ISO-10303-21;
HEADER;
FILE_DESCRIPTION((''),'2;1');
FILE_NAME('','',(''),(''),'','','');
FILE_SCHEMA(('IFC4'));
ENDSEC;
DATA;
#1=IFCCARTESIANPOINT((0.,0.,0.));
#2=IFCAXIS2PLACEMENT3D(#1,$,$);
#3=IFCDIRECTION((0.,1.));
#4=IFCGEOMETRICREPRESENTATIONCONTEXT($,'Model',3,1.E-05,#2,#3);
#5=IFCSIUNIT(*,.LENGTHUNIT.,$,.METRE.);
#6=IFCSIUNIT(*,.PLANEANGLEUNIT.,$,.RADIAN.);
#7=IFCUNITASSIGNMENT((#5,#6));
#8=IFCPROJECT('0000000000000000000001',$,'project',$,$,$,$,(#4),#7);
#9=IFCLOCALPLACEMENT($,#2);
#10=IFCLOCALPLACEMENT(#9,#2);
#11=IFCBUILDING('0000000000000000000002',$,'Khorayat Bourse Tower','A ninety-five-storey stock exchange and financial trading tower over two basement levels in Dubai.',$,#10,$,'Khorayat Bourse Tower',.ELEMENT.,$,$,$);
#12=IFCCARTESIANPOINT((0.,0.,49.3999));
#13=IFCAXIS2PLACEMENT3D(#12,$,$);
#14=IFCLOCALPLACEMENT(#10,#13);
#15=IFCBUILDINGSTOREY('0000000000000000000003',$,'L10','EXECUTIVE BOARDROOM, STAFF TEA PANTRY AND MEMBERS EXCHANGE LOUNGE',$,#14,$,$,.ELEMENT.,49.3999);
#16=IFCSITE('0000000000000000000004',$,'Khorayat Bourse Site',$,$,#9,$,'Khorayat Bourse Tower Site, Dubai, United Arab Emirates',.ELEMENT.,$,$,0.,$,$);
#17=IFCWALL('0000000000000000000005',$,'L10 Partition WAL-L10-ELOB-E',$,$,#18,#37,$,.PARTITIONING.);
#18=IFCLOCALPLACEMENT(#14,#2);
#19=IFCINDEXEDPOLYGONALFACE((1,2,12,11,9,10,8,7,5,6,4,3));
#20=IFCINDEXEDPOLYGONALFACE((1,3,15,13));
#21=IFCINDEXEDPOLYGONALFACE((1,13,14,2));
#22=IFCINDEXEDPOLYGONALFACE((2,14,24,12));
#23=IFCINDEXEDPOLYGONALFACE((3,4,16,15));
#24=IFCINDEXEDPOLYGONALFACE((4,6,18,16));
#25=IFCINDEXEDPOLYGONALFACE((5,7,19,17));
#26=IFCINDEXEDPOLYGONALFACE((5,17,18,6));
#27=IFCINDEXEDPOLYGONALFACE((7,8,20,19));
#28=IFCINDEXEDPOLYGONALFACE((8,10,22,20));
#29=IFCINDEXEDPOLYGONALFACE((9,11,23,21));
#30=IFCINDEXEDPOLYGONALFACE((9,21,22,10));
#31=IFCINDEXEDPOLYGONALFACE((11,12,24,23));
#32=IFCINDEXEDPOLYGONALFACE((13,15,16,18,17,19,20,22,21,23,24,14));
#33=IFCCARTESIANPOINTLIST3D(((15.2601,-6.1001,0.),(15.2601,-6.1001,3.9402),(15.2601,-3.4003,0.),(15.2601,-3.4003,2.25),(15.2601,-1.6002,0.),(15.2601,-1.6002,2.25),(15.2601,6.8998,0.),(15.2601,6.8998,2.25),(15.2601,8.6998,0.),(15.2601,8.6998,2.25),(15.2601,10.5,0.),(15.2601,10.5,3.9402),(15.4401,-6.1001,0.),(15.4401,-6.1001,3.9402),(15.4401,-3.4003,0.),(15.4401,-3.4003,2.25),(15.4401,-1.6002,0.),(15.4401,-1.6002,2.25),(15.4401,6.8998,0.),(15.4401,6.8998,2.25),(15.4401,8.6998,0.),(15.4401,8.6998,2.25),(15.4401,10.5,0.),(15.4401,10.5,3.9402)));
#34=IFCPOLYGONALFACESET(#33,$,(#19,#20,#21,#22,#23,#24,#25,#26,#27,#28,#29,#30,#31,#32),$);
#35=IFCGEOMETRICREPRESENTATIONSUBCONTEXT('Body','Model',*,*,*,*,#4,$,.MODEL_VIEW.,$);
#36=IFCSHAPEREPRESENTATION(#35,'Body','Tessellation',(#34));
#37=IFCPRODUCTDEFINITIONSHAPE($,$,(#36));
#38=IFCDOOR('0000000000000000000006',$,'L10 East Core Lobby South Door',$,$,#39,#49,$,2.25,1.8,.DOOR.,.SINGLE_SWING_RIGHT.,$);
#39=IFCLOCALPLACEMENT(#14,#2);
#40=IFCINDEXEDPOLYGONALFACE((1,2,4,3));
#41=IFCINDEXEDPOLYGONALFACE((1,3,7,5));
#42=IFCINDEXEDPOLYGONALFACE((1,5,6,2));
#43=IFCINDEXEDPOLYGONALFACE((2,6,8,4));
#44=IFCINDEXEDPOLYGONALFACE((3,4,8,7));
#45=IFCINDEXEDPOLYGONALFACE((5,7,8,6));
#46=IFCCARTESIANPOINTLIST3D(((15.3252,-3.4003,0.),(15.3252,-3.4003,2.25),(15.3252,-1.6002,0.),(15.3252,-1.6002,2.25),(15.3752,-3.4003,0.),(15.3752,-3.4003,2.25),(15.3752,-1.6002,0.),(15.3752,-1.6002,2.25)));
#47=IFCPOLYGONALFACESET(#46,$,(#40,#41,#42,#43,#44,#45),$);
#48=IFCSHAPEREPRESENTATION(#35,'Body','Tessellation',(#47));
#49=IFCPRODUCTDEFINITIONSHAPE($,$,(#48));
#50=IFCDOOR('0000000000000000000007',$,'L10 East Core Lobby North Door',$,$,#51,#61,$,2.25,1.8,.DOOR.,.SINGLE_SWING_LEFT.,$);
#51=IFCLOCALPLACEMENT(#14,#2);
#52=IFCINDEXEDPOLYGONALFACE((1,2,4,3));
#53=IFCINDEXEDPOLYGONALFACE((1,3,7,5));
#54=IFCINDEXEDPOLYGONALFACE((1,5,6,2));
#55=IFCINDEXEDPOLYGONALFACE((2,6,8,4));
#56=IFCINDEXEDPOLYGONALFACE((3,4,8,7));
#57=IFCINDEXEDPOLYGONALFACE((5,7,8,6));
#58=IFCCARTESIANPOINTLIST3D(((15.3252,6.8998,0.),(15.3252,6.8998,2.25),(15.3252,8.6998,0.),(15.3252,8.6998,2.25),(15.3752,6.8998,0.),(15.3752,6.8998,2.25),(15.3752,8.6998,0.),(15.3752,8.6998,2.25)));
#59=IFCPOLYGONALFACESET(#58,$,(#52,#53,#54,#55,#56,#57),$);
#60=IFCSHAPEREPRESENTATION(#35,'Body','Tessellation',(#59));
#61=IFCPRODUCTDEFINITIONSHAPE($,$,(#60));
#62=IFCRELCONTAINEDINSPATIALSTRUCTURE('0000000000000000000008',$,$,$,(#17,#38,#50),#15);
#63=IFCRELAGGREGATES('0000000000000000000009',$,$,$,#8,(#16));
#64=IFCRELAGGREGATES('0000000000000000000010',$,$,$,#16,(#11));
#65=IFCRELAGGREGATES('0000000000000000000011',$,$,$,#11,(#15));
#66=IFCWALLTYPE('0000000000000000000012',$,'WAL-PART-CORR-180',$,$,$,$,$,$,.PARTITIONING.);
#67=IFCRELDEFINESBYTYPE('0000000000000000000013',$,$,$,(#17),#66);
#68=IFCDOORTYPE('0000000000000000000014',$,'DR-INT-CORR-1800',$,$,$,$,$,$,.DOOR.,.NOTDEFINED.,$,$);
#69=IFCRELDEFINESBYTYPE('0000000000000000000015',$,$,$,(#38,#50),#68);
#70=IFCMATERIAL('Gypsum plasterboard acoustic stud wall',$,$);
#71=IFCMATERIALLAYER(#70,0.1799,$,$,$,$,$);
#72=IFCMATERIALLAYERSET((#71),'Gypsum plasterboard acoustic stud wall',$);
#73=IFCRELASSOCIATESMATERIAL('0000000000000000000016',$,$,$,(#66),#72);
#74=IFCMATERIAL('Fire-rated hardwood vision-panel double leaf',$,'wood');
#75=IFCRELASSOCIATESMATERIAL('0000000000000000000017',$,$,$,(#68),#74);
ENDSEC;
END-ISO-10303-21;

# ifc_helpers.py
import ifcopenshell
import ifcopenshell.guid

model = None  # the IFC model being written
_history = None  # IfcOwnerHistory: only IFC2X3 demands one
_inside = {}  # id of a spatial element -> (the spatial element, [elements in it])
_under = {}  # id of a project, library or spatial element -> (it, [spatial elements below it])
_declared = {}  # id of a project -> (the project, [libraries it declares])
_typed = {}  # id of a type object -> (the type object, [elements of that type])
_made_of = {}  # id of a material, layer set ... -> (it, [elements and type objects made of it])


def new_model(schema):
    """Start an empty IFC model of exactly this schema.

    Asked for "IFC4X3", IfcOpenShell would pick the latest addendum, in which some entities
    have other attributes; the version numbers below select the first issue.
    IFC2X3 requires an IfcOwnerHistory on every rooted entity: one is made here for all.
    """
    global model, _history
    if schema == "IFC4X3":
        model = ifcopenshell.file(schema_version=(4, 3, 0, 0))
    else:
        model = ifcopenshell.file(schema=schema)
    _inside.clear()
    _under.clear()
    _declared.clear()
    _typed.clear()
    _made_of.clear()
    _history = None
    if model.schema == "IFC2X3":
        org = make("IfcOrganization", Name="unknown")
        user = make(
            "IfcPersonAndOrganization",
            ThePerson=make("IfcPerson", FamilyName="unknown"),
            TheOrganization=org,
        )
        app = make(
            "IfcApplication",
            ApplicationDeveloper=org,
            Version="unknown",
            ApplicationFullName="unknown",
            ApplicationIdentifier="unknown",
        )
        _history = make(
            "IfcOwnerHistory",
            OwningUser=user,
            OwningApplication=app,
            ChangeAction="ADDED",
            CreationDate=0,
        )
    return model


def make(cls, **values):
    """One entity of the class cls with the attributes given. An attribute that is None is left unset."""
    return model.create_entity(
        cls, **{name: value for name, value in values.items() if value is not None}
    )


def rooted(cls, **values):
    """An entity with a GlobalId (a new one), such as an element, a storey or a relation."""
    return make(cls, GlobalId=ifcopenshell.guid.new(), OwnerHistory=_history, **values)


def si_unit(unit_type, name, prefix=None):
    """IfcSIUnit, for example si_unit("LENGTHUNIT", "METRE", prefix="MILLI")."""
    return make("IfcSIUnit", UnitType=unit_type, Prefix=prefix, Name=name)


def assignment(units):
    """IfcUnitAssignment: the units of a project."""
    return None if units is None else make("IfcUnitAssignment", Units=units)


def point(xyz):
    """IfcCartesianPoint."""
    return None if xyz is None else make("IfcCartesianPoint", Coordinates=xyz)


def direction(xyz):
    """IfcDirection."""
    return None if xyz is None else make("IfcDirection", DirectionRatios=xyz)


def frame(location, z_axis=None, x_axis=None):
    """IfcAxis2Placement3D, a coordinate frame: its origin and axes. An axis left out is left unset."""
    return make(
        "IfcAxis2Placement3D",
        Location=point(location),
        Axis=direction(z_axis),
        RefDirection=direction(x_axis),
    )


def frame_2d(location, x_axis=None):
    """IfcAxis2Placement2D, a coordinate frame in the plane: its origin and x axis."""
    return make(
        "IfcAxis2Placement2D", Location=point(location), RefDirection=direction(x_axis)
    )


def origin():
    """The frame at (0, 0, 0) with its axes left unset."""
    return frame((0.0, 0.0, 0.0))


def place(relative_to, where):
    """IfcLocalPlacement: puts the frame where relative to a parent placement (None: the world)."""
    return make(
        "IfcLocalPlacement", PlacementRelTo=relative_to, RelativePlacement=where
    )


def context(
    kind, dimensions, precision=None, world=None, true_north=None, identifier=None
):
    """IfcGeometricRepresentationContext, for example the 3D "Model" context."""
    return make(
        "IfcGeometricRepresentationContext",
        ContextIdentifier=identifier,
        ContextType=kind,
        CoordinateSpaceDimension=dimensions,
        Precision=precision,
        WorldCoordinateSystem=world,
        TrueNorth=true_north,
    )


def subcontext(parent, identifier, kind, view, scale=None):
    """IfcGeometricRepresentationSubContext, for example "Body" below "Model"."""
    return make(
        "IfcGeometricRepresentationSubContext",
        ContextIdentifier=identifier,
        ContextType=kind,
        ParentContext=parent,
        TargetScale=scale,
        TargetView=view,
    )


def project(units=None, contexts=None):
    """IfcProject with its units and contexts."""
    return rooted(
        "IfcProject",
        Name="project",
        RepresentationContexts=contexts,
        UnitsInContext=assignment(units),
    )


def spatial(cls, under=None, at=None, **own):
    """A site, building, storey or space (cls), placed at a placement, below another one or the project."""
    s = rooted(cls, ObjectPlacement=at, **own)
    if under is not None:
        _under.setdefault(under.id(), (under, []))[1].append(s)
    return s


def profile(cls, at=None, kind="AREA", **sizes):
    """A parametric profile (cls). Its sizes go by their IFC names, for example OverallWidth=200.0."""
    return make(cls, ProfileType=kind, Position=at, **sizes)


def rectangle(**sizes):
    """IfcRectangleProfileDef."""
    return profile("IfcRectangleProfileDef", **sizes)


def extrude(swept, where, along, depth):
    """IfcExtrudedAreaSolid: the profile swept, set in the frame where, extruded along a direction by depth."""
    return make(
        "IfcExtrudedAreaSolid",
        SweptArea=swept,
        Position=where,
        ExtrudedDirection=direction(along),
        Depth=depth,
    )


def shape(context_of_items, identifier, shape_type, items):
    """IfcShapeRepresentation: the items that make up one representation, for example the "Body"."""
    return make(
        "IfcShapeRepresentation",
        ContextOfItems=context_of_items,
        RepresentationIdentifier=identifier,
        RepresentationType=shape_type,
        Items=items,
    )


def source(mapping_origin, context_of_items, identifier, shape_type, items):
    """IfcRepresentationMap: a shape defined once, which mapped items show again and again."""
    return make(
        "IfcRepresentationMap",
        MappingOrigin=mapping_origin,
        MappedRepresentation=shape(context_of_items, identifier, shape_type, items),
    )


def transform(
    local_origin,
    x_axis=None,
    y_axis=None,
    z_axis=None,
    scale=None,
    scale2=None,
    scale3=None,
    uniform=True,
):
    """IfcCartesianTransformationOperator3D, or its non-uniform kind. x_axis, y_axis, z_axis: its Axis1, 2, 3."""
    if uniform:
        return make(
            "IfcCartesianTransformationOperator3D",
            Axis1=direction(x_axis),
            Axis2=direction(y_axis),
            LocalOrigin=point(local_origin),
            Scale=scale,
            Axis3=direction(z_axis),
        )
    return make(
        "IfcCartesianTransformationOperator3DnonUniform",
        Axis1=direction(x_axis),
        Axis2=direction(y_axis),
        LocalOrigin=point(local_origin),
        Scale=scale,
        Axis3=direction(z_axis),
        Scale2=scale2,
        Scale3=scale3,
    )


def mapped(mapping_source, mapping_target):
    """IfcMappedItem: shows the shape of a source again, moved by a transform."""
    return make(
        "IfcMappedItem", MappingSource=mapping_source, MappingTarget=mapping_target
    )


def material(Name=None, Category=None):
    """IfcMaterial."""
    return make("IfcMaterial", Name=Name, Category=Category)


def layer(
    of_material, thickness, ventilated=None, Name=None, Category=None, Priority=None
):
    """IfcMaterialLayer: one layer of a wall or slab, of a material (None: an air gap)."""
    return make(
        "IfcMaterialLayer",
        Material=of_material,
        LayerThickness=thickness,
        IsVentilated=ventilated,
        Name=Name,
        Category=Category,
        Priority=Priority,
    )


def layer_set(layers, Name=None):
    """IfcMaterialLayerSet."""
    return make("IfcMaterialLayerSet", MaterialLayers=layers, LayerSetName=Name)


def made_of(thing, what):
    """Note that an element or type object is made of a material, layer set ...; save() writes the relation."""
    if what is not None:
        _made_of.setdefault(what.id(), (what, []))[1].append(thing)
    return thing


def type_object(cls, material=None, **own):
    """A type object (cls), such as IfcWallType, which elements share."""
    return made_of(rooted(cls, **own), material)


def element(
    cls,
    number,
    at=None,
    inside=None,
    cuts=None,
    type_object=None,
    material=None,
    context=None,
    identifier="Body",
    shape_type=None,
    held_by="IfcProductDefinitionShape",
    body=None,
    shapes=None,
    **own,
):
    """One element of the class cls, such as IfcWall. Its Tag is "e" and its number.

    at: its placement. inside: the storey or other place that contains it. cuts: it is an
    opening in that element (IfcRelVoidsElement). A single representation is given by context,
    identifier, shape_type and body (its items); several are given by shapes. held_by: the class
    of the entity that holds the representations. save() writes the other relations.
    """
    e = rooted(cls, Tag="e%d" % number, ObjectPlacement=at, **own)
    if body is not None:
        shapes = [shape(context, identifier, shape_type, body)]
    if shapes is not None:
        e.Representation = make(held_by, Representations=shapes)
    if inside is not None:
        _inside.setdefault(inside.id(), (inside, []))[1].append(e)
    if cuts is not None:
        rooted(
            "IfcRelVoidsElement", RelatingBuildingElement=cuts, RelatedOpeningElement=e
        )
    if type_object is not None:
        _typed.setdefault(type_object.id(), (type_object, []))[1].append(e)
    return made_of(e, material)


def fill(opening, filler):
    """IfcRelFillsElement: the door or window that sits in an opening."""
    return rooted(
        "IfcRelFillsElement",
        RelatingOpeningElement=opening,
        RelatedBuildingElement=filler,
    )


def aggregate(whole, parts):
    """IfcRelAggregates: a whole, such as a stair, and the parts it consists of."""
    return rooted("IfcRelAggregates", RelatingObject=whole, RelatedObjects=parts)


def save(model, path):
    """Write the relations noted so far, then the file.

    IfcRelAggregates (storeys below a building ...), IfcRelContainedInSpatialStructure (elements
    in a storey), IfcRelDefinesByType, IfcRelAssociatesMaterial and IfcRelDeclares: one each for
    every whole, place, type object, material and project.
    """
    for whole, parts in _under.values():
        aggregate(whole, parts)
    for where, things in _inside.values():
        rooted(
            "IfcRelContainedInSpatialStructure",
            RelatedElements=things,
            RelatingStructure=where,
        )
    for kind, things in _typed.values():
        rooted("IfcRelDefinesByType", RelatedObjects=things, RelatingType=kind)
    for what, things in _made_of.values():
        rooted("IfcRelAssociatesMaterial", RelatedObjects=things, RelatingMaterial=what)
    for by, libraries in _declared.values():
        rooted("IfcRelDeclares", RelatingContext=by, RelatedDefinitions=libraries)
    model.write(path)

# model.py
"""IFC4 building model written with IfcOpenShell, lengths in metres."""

from ifc_helpers import new_model, si_unit, direction, frame, frame_2d, origin, place, context, subcontext, project, spatial, rectangle, extrude, source, transform, mapped, material, layer, layer_set, type_object, element, fill, save


model = new_model("IFC4")

# Units and contexts
model_context = context("Model", 3, precision=1e-05, world=origin(), true_north=direction((0.0, 1.0)))
body_context = subcontext(model_context, "Body", "Model", "MODEL_VIEW")
ifc_project = project(units=[si_unit("LENGTHUNIT", "METRE"), si_unit("PLANEANGLEUNIT", "RADIAN")], contexts=[model_context])

# Site, building, storey
site_placement = place(None, origin())
site = spatial("IfcSite", under=ifc_project, at=site_placement, Name="Khorayat Bourse Site", LongName="Khorayat Bourse Tower Site, Dubai, United Arab Emirates", CompositionType="ELEMENT", RefElevation=0.0)
building_placement = place(site_placement, origin())
building = spatial("IfcBuilding", under=site, at=building_placement, Name="Khorayat Bourse Tower", Description="A ninety-five-storey stock exchange and financial trading tower over two basement levels in Dubai.", LongName="Khorayat Bourse Tower", CompositionType="ELEMENT")
storey_placement = place(building_placement, frame((0.0, 0.0, 49.3999)))
storey = spatial("IfcBuildingStorey", under=building, at=storey_placement, Name="L10", Description="EXECUTIVE BOARDROOM, STAFF TEA PANTRY AND MEMBERS EXCHANGE LOUNGE", CompositionType="ELEMENT", Elevation=49.3999)

# Wall, openings, doors
ifc_material_1 = material(Name="Gypsum plasterboard acoustic stud wall")
ifc_layer_1 = layer(ifc_material_1, 0.1799)
ifc_layer_set_1 = layer_set([ifc_layer_1], Name="Gypsum plasterboard acoustic stud wall")
wall_type_1 = type_object("IfcWallType", Name="WAL-PART-CORR-180", PredefinedType="PARTITIONING", material=ifc_layer_set_1)
shared_shape_1 = source(origin(), body_context, "Body", "SweptSolid", [
    extrude(rectangle(XDim=16.6001, YDim=0.1799, at=frame_2d((8.3, 0.0))), origin(), (0.0, 0.0, 1.0), 3.9402),
])
wall_1_placement = place(storey_placement, frame((15.3501, -6.1001, 0.0), z_axis=(0.0, 0.0, 1.0), x_axis=(0.0, 1.0, 0.0)))
wall_1 = element("IfcWall", 1, at=wall_1_placement, inside=storey, type_object=wall_type_1, Name="L10 Partition WAL-L10-ELOB-E", PredefinedType="PARTITIONING", context=body_context, shape_type="MappedRepresentation", body=[
    mapped(shared_shape_1, transform((0.0, 0.0, 0.0), scale=1.0)),
])
shared_shape_2 = source(origin(), body_context, "Body", "SweptSolid", [
    extrude(rectangle(XDim=1.8, YDim=2.25, at=frame_2d((0.8999, 1.125))), frame((0.0, 0.0999, 0.0), z_axis=(0.0, -1.0, 0.0), x_axis=(1.0, 0.0, 0.0)), (0.0, 0.0, 1.0), 0.2),
])
opening_1_placement = place(wall_1_placement, frame((2.7, 0.0, 0.0)))
opening_1 = element("IfcOpeningElement", 2, at=opening_1_placement, cuts=wall_1, PredefinedType="OPENING", context=body_context, shape_type="MappedRepresentation", body=[
    mapped(shared_shape_2, transform((0.0, 0.0, 0.0), scale=1.0)),
])
opening_2_placement = place(wall_1_placement, frame((13.0, 0.0, 0.0)))
opening_2 = element("IfcOpeningElement", 3, at=opening_2_placement, cuts=wall_1, PredefinedType="OPENING", context=body_context, shape_type="MappedRepresentation", body=[
    mapped(shared_shape_2, transform((0.0, 0.0, 0.0), scale=1.0)),
])
ifc_material_2 = material(Name="Fire-rated hardwood vision-panel double leaf", Category="wood")
door_type_1 = type_object("IfcDoorType", Name="DR-INT-CORR-1800", OperationType="NOTDEFINED", PredefinedType="DOOR", material=ifc_material_2)
shared_shape_3 = source(origin(), body_context, "Body", "SweptSolid", [
    extrude(rectangle(XDim=1.8, YDim=2.25, at=frame_2d((0.8999, 1.125))), frame((0.0, 0.0249, 0.0), z_axis=(0.0, -1.0, 0.0), x_axis=(1.0, 0.0, 0.0)), (0.0, 0.0, 1.0), 0.05),
])
door_1_placement = place(opening_1_placement, origin())
door_1 = element("IfcDoor", 4, at=door_1_placement, inside=storey, type_object=door_type_1, Name="L10 East Core Lobby South Door", OperationType="SINGLE_SWING_RIGHT", OverallHeight=2.25, OverallWidth=1.8, PredefinedType="DOOR", context=body_context, shape_type="MappedRepresentation", body=[
    mapped(shared_shape_3, transform((0.0, 0.0, 0.0), scale=1.0)),
])
fill(opening_1, door_1)
door_2_placement = place(opening_2_placement, origin())
door_2 = element("IfcDoor", 5, at=door_2_placement, inside=storey, type_object=door_type_1, Name="L10 East Core Lobby North Door", OperationType="SINGLE_SWING_LEFT", OverallHeight=2.25, OverallWidth=1.8, PredefinedType="DOOR", context=body_context, shape_type="MappedRepresentation", body=[
    mapped(shared_shape_3, transform((0.0, 0.0, 0.0), scale=1.0)),
])
fill(opening_2, door_2)

save(model, "model.ifc")
